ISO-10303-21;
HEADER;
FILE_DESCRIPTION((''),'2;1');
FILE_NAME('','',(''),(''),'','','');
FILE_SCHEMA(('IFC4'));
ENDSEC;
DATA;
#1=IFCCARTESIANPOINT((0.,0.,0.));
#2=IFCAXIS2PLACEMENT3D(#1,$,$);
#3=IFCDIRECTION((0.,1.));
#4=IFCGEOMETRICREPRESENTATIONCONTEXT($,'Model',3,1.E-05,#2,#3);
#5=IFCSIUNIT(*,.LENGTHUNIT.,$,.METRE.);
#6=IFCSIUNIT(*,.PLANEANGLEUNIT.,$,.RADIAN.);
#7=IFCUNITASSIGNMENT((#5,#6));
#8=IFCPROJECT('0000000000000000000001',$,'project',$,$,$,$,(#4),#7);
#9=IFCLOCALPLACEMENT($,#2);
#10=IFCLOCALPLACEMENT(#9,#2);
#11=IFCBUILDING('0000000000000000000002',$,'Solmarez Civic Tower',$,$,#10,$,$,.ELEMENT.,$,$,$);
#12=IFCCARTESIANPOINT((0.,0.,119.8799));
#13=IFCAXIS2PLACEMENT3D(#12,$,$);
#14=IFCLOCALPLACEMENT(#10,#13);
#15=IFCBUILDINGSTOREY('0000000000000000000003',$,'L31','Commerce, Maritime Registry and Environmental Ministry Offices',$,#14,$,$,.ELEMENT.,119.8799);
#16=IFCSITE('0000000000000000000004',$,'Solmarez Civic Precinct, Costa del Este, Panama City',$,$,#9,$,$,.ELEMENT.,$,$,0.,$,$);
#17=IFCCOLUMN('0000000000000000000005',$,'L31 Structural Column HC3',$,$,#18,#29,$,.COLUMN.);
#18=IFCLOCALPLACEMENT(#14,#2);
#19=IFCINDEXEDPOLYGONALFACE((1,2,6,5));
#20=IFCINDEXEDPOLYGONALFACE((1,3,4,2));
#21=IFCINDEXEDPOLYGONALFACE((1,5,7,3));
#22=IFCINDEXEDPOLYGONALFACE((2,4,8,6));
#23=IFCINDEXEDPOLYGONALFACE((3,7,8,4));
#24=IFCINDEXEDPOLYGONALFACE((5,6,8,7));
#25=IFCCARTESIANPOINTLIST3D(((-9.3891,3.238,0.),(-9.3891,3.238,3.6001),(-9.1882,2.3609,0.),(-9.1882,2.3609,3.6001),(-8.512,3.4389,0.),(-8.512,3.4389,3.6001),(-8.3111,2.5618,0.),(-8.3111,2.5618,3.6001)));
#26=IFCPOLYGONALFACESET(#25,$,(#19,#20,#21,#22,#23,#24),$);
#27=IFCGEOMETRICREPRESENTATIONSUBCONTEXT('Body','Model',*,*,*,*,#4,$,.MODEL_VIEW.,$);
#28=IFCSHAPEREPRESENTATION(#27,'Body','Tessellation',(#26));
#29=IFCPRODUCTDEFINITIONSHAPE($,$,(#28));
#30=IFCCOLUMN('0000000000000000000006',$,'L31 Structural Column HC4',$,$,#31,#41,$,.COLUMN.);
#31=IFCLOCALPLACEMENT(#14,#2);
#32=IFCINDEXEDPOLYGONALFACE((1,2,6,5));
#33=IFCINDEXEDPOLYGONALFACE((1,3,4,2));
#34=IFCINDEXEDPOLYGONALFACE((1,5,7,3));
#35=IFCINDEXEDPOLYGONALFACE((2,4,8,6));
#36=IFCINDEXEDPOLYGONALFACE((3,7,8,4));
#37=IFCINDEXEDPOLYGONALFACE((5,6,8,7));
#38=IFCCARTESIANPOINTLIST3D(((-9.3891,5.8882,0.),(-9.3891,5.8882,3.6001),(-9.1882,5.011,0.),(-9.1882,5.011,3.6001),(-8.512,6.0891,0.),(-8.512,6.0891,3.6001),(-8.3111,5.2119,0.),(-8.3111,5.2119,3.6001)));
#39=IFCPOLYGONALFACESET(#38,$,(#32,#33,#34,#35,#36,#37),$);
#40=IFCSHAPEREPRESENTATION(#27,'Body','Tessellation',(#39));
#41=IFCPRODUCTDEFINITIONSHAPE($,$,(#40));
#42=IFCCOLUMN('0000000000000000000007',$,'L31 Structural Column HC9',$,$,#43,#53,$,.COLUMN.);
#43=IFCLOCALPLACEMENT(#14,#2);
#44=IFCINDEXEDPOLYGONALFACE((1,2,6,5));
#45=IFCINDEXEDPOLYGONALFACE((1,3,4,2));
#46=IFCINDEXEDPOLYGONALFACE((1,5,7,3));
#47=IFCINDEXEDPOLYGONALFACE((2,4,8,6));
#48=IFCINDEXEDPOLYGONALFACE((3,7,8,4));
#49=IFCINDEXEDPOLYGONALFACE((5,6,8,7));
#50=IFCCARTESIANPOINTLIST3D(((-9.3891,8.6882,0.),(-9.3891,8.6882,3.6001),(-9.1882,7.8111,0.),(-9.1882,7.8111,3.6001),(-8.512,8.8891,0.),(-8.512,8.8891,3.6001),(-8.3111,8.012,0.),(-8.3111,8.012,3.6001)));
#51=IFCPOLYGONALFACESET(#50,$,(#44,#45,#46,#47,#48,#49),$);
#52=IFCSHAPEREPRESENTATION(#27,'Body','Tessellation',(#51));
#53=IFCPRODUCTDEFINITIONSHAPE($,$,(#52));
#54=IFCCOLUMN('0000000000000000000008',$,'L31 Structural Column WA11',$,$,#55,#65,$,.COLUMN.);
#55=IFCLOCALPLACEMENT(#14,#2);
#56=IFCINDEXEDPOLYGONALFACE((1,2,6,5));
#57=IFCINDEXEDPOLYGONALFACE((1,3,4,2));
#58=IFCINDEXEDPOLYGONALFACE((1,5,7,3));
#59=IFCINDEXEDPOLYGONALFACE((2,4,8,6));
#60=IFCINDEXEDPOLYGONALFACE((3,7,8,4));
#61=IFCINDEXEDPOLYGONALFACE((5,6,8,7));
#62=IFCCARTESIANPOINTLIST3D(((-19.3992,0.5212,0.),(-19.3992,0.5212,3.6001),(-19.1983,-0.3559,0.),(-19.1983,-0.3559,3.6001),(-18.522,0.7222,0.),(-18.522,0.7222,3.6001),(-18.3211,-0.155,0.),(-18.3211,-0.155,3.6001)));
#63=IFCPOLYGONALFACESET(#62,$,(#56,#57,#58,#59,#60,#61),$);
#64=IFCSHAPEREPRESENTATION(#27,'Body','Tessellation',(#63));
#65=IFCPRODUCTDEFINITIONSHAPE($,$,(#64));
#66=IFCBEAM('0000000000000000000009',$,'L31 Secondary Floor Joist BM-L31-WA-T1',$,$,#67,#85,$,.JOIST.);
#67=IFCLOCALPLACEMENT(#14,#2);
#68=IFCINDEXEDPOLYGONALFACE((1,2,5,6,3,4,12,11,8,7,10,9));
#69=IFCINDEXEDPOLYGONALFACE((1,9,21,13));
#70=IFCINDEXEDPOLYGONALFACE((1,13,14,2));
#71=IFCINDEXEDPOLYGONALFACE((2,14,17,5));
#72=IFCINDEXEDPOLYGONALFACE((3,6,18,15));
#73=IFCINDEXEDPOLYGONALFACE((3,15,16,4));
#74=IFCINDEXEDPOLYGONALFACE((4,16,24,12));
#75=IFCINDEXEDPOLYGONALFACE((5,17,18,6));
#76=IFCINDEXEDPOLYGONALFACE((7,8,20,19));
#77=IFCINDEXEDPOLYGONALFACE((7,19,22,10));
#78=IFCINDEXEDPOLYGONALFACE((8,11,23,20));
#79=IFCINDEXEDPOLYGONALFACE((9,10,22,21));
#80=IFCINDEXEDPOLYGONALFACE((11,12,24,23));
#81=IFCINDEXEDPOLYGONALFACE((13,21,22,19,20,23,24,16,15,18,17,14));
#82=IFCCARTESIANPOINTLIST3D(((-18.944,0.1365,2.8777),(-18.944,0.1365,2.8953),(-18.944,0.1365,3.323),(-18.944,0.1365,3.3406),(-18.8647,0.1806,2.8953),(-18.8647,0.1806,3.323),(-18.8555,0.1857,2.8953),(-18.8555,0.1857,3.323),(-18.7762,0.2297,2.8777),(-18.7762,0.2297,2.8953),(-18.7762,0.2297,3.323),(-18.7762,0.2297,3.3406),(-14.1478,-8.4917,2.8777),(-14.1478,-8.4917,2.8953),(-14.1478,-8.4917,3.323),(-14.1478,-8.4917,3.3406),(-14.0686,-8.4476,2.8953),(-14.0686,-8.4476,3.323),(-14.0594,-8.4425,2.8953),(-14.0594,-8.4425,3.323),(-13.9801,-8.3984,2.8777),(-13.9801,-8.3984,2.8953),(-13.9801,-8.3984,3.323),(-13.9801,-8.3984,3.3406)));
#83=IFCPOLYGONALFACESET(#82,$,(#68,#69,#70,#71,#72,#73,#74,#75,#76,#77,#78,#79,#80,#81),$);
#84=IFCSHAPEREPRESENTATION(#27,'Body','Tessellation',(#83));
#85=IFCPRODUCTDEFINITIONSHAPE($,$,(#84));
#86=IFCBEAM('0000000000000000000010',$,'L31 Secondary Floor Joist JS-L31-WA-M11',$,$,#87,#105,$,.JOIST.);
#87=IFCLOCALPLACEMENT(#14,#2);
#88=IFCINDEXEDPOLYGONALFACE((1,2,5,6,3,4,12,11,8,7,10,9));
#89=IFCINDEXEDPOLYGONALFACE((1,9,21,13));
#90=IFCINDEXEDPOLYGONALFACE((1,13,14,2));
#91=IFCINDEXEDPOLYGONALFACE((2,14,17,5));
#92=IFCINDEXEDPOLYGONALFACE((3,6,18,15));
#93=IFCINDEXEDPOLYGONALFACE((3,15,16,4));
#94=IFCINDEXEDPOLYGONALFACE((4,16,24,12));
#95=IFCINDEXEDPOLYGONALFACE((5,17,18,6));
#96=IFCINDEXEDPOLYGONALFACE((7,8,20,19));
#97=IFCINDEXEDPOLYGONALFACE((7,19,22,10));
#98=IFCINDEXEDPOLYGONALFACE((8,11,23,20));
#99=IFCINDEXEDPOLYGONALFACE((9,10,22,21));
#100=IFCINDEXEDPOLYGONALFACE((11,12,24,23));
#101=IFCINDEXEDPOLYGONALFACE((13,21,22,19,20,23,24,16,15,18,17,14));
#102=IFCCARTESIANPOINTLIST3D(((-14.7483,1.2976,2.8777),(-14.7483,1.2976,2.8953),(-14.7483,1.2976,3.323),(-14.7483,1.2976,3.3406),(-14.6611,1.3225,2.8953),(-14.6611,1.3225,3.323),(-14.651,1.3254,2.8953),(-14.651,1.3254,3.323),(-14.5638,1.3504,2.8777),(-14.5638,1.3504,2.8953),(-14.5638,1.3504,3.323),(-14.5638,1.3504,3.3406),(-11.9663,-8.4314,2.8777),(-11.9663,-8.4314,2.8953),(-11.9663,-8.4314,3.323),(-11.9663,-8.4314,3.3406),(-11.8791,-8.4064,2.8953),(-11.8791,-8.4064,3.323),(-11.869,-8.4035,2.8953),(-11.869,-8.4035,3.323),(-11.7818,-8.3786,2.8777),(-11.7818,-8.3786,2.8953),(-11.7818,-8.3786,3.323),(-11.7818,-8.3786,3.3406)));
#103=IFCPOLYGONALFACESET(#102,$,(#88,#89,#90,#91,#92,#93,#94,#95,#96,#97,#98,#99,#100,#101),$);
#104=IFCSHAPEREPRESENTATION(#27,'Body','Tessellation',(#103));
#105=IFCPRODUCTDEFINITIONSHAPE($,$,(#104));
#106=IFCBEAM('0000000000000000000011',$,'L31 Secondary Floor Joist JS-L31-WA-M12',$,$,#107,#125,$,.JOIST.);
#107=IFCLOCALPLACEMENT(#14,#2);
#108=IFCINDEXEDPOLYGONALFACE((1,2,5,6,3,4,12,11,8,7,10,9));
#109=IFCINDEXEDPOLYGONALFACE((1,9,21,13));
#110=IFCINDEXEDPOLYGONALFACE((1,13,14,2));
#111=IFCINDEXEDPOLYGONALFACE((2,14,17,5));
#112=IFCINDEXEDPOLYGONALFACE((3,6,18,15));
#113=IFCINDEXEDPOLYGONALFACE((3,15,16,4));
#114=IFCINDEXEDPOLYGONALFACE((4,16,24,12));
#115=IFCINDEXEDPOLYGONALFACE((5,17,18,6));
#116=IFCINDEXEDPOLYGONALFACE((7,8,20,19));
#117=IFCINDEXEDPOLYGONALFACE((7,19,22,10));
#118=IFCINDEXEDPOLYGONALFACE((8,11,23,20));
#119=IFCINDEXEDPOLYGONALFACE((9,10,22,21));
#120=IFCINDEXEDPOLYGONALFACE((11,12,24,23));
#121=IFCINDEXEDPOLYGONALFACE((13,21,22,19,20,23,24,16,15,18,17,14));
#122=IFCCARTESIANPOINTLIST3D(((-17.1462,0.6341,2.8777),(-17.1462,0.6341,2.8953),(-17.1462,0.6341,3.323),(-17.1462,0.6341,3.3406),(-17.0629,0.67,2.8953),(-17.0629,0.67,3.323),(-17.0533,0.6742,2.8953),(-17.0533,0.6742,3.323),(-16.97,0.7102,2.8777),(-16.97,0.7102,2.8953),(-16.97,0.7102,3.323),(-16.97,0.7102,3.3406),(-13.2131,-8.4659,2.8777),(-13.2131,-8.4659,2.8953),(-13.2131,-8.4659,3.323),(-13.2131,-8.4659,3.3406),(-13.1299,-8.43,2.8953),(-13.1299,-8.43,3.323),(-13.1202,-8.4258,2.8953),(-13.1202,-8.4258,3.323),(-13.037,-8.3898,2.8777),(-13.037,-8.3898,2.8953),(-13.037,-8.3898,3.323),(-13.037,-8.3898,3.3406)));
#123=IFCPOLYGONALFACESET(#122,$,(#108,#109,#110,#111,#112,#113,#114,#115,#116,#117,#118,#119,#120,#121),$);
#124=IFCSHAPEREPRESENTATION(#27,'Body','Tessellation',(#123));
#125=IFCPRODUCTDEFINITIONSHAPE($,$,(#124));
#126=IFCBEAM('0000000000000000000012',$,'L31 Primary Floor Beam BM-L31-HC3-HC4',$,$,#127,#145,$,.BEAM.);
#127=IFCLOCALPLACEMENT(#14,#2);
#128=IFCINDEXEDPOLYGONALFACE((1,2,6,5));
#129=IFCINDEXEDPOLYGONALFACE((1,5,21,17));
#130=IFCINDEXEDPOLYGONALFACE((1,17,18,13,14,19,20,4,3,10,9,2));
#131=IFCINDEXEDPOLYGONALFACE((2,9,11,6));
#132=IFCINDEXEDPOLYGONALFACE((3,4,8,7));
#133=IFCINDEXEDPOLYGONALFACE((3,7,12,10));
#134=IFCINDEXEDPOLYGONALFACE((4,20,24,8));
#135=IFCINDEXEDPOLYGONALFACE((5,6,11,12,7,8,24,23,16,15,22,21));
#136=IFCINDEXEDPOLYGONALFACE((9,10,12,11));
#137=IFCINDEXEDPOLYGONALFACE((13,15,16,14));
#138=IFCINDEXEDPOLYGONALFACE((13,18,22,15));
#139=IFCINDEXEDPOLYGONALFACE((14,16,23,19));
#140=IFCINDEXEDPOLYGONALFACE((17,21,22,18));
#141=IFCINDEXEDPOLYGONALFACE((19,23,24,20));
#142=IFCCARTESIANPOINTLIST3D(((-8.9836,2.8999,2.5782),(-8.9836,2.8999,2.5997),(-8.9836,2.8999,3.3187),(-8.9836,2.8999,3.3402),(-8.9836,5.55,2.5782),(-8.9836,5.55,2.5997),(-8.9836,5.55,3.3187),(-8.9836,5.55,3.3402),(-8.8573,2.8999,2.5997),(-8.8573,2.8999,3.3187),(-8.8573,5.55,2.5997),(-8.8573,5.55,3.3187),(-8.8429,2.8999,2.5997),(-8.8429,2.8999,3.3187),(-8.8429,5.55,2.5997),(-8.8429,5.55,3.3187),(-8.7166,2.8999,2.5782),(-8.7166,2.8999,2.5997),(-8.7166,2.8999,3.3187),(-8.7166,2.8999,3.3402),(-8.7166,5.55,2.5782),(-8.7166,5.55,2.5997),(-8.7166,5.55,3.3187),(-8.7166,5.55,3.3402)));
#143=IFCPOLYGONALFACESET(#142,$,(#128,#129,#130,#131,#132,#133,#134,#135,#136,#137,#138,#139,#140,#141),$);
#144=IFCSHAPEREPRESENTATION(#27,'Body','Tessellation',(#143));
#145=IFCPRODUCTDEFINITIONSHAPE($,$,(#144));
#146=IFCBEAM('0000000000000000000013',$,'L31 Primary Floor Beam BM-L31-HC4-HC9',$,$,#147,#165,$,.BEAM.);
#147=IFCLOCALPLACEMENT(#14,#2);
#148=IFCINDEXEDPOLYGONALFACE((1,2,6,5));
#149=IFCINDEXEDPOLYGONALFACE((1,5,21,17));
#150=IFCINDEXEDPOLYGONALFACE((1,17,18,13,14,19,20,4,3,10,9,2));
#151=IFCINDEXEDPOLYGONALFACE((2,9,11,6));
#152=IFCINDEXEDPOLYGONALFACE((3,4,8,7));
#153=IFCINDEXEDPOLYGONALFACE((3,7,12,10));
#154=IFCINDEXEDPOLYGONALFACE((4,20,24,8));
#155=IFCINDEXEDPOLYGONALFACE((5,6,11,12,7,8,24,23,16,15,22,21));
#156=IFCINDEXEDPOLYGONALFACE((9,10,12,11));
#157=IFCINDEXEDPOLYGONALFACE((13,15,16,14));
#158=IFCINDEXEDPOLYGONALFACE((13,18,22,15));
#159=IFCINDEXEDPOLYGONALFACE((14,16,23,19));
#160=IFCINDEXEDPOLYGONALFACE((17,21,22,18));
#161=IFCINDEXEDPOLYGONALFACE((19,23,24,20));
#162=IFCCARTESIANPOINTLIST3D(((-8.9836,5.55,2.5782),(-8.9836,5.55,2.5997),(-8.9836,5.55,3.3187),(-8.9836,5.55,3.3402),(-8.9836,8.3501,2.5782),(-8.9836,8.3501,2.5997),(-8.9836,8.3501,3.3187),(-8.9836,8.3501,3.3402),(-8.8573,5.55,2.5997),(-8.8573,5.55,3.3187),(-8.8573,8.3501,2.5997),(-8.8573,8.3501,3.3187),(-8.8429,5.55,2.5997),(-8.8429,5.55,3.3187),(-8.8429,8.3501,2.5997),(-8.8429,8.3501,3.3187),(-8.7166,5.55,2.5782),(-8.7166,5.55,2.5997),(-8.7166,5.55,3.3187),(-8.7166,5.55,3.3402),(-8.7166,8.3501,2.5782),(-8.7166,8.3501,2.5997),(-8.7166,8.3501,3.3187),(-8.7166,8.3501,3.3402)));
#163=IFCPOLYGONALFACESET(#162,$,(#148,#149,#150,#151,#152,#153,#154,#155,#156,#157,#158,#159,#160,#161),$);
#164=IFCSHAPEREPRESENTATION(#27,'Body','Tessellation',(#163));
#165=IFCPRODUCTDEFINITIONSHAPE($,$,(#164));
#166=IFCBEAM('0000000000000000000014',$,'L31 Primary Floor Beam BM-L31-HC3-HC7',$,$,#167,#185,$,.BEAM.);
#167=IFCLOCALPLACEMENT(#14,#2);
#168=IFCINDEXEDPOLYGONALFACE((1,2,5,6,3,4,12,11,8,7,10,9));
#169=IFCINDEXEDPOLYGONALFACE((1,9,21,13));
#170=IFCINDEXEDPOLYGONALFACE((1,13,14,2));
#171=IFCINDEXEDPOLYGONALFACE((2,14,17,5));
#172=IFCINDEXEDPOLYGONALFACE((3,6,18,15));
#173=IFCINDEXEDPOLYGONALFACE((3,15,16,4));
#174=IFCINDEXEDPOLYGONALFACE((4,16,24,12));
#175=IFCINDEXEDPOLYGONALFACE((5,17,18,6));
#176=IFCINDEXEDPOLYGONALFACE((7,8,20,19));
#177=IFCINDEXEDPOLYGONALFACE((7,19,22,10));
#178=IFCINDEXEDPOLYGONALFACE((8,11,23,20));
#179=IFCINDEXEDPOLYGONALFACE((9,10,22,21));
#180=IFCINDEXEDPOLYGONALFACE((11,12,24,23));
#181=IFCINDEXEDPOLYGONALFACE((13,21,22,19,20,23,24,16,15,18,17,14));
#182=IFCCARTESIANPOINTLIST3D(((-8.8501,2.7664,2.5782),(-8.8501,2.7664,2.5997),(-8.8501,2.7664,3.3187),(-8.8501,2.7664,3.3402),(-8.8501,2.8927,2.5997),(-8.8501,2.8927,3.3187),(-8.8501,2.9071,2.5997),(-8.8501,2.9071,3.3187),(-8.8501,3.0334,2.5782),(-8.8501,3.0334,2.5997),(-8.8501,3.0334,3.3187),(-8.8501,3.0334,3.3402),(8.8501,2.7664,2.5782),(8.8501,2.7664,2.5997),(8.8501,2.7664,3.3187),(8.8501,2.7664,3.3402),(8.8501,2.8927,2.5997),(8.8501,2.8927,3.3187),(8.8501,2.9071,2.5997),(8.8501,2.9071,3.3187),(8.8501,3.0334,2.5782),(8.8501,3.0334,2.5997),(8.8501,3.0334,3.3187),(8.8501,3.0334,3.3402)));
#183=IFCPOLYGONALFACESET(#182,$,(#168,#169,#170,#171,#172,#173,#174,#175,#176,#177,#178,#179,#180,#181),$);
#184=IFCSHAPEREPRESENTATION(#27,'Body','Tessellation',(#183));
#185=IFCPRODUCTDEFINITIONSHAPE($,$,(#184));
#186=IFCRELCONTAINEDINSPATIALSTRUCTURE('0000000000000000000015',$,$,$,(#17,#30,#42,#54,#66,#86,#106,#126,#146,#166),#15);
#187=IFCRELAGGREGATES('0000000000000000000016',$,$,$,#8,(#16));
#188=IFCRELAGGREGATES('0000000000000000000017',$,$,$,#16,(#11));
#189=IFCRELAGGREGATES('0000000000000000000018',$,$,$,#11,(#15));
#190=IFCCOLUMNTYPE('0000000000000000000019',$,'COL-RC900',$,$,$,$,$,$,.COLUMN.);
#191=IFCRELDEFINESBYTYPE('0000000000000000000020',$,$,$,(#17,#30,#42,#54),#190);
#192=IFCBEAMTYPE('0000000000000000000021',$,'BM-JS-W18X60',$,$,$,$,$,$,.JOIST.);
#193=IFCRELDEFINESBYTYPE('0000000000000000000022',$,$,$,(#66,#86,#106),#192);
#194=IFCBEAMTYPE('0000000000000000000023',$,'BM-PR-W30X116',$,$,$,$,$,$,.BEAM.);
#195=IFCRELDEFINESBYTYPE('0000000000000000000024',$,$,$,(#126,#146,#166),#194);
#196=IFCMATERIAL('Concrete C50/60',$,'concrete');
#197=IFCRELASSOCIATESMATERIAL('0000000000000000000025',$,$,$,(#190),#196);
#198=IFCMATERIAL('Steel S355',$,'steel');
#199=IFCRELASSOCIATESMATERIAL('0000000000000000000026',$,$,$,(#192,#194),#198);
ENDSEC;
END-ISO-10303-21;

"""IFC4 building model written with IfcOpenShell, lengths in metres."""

from ifc_helpers import new_model, si_unit, direction, frame, origin, origin_2d, place, context, subcontext, project, spatial, rectangle, i_section, extrude, material, material_profile, profile_set, type_object, element, save


model = new_model("IFC4")

# Units and contexts
model_context = context("Model", 3, precision=1e-05, world=origin(), true_north=direction((0.0, 1.0)))
body_context = subcontext(model_context, "Body", "Model", "MODEL_VIEW")
ifc_project = project(units=[si_unit("LENGTHUNIT", "METRE"), si_unit("PLANEANGLEUNIT", "RADIAN")], contexts=[model_context])

# Site, building, storey
site_placement = place(None, origin())
site = spatial("IfcSite", under=ifc_project, at=site_placement, Name="Solmarez Civic Precinct, Costa del Este, Panama City", CompositionType="ELEMENT", RefElevation=0.0)
building_placement = place(site_placement, origin())
building = spatial("IfcBuilding", under=site, at=building_placement, Name="Solmarez Civic Tower", CompositionType="ELEMENT")
storey_placement = place(building_placement, frame((0.0, 0.0, 119.8799)))
storey = spatial("IfcBuildingStorey", under=building, at=storey_placement, Name="L31", Description="Commerce, Maritime Registry and Environmental Ministry Offices", CompositionType="ELEMENT", Elevation=119.8799)

# Columns
ifc_material_1 = material(Name="Concrete C50/60", Category="concrete")
ifc_material_profile_1 = material_profile(ifc_material_1, rectangle(XDim=0.8999, YDim=0.8999, at=origin_2d()), Name="RC900X900")
ifc_profile_set_1 = profile_set([ifc_material_profile_1], Name="Concrete C50/60")
column_type = type_object("IfcColumnType", Name="COL-RC900", PredefinedType="COLUMN", material=ifc_profile_set_1)
for number, where, z_axis, x_axis, name in (
    (1, (-8.8501, 2.8999, 0.0), (0.0, 0.0, 1.0), (0.974761, 0.22325, 0.0), "L31 Structural Column HC3"),
    (2, (-8.8501, 5.55, 0.0), (0.0, 0.0, 1.0), (0.974761, 0.22325, 0.0), "L31 Structural Column HC4"),
    (3, (-8.8501, 8.3501, 0.0), (0.0, 0.0, 1.0), (0.974761, 0.22325, 0.0), "L31 Structural Column HC9"),
    (4, (-18.8601, 0.1831, 0.0), (0.0, 0.0, 1.0), (0.974761, 0.22325, 0.0), "L31 Structural Column WA11"),
):
    element("IfcColumn", number, at=place(storey_placement, frame(where, z_axis=z_axis, x_axis=x_axis)), inside=storey, type_object=column_type, Name=name, PredefinedType="COLUMN", context=body_context, shape_type="SweptSolid", body=[
        extrude(rectangle(XDim=0.8999, YDim=0.8999, at=origin_2d()), origin(), (0.0, 0.0, 1.0), 3.6001),
    ])

# Beams
ifc_material_2 = material(Name="Steel S355", Category="steel")
ifc_material_profile_2 = material_profile(ifc_material_2, i_section(OverallWidth=0.1919, OverallDepth=0.4629, WebThickness=0.0105, FlangeThickness=0.0176, at=origin_2d()), Name="W18X60")
ifc_profile_set_2 = profile_set([ifc_material_profile_2], Name="Steel S355")
beam_type_1 = type_object("IfcBeamType", Name="BM-JS-W18X60", PredefinedType="JOIST", material=ifc_profile_set_2)
beam_1_placement = place(storey_placement, frame((-18.8601, 0.1831, 3.1091), z_axis=(0.485853, -0.874041, 0.0), x_axis=(0.874041, 0.485853, 0.0)))
element("IfcBeam", 5, at=beam_1_placement, inside=storey, type_object=beam_type_1, Name="L31 Secondary Floor Joist BM-L31-WA-T1", PredefinedType="JOIST", context=body_context, shape_type="SweptSolid", body=[
    extrude(i_section(OverallWidth=0.1919, OverallDepth=0.4629, WebThickness=0.0105, FlangeThickness=0.0176, at=origin_2d()), origin(), (0.0, 0.0, 1.0), 9.8716),
])
beam_2_placement = place(storey_placement, frame((-14.656, 1.324, 3.1091), z_axis=(0.274928, -0.961465, 0.0), x_axis=(0.961465, 0.274928, 0.0)))
element("IfcBeam", 6, at=beam_2_placement, inside=storey, type_object=beam_type_1, Name="L31 Secondary Floor Joist JS-L31-WA-M11", PredefinedType="JOIST", context=body_context, shape_type="SweptSolid", body=[
    extrude(i_section(OverallWidth=0.1919, OverallDepth=0.4629, WebThickness=0.0105, FlangeThickness=0.0176, at=origin_2d()), origin(), (0.0, 0.0, 1.0), 10.1189),
])
beam_3_placement = place(storey_placement, frame((-17.0581, 0.6721, 3.1091), z_axis=(0.396735, -0.917933, 0.0), x_axis=(0.917933, 0.396735, 0.0)))
element("IfcBeam", 7, at=beam_3_placement, inside=storey, type_object=beam_type_1, Name="L31 Secondary Floor Joist JS-L31-WA-M12", PredefinedType="JOIST", context=body_context, shape_type="SweptSolid", body=[
    extrude(i_section(OverallWidth=0.1919, OverallDepth=0.4629, WebThickness=0.0105, FlangeThickness=0.0176, at=origin_2d()), origin(), (0.0, 0.0, 1.0), 9.9136),
])
ifc_material_profile_3 = material_profile(ifc_material_2, i_section(OverallWidth=0.2671, OverallDepth=0.762, WebThickness=0.0144, FlangeThickness=0.0215, at=origin_2d()), Name="W30X116")
ifc_profile_set_3 = profile_set([ifc_material_profile_3], Name="Steel S355")
beam_type_2 = type_object("IfcBeamType", Name="BM-PR-W30X116", PredefinedType="BEAM", material=ifc_profile_set_3)
beam_4_placement = place(storey_placement, frame((-8.8501, 2.8999, 2.9592), z_axis=(0.0, 1.0, 0.0), x_axis=(-1.0, 0.0, 0.0)))
element("IfcBeam", 8, at=beam_4_placement, inside=storey, type_object=beam_type_2, Name="L31 Primary Floor Beam BM-L31-HC3-HC4", PredefinedType="BEAM", context=body_context, shape_type="SweptSolid", body=[
    extrude(i_section(OverallWidth=0.2671, OverallDepth=0.762, WebThickness=0.0144, FlangeThickness=0.0215, at=origin_2d()), origin(), (0.0, 0.0, 1.0), 2.6501),
])
beam_5_placement = place(storey_placement, frame((-8.8501, 5.55, 2.9592), z_axis=(0.0, 1.0, 0.0), x_axis=(-1.0, 0.0, 0.0)))
element("IfcBeam", 9, at=beam_5_placement, inside=storey, type_object=beam_type_2, Name="L31 Primary Floor Beam BM-L31-HC4-HC9", PredefinedType="BEAM", context=body_context, shape_type="SweptSolid", body=[
    extrude(i_section(OverallWidth=0.2671, OverallDepth=0.762, WebThickness=0.0144, FlangeThickness=0.0215, at=origin_2d()), origin(), (0.0, 0.0, 1.0), 2.8),
])
beam_6_placement = place(storey_placement, frame((-8.8501, 2.8999, 2.9592), z_axis=(1.0, 0.0, 0.0), x_axis=(0.0, 1.0, 0.0)))
element("IfcBeam", 10, at=beam_6_placement, inside=storey, type_object=beam_type_2, Name="L31 Primary Floor Beam BM-L31-HC3-HC7", PredefinedType="BEAM", context=body_context, shape_type="SweptSolid", body=[
    extrude(i_section(OverallWidth=0.2671, OverallDepth=0.762, WebThickness=0.0144, FlangeThickness=0.0215, at=origin_2d()), origin(), (0.0, 0.0, 1.0), 17.7002),
])

save(model, "model.ifc")
